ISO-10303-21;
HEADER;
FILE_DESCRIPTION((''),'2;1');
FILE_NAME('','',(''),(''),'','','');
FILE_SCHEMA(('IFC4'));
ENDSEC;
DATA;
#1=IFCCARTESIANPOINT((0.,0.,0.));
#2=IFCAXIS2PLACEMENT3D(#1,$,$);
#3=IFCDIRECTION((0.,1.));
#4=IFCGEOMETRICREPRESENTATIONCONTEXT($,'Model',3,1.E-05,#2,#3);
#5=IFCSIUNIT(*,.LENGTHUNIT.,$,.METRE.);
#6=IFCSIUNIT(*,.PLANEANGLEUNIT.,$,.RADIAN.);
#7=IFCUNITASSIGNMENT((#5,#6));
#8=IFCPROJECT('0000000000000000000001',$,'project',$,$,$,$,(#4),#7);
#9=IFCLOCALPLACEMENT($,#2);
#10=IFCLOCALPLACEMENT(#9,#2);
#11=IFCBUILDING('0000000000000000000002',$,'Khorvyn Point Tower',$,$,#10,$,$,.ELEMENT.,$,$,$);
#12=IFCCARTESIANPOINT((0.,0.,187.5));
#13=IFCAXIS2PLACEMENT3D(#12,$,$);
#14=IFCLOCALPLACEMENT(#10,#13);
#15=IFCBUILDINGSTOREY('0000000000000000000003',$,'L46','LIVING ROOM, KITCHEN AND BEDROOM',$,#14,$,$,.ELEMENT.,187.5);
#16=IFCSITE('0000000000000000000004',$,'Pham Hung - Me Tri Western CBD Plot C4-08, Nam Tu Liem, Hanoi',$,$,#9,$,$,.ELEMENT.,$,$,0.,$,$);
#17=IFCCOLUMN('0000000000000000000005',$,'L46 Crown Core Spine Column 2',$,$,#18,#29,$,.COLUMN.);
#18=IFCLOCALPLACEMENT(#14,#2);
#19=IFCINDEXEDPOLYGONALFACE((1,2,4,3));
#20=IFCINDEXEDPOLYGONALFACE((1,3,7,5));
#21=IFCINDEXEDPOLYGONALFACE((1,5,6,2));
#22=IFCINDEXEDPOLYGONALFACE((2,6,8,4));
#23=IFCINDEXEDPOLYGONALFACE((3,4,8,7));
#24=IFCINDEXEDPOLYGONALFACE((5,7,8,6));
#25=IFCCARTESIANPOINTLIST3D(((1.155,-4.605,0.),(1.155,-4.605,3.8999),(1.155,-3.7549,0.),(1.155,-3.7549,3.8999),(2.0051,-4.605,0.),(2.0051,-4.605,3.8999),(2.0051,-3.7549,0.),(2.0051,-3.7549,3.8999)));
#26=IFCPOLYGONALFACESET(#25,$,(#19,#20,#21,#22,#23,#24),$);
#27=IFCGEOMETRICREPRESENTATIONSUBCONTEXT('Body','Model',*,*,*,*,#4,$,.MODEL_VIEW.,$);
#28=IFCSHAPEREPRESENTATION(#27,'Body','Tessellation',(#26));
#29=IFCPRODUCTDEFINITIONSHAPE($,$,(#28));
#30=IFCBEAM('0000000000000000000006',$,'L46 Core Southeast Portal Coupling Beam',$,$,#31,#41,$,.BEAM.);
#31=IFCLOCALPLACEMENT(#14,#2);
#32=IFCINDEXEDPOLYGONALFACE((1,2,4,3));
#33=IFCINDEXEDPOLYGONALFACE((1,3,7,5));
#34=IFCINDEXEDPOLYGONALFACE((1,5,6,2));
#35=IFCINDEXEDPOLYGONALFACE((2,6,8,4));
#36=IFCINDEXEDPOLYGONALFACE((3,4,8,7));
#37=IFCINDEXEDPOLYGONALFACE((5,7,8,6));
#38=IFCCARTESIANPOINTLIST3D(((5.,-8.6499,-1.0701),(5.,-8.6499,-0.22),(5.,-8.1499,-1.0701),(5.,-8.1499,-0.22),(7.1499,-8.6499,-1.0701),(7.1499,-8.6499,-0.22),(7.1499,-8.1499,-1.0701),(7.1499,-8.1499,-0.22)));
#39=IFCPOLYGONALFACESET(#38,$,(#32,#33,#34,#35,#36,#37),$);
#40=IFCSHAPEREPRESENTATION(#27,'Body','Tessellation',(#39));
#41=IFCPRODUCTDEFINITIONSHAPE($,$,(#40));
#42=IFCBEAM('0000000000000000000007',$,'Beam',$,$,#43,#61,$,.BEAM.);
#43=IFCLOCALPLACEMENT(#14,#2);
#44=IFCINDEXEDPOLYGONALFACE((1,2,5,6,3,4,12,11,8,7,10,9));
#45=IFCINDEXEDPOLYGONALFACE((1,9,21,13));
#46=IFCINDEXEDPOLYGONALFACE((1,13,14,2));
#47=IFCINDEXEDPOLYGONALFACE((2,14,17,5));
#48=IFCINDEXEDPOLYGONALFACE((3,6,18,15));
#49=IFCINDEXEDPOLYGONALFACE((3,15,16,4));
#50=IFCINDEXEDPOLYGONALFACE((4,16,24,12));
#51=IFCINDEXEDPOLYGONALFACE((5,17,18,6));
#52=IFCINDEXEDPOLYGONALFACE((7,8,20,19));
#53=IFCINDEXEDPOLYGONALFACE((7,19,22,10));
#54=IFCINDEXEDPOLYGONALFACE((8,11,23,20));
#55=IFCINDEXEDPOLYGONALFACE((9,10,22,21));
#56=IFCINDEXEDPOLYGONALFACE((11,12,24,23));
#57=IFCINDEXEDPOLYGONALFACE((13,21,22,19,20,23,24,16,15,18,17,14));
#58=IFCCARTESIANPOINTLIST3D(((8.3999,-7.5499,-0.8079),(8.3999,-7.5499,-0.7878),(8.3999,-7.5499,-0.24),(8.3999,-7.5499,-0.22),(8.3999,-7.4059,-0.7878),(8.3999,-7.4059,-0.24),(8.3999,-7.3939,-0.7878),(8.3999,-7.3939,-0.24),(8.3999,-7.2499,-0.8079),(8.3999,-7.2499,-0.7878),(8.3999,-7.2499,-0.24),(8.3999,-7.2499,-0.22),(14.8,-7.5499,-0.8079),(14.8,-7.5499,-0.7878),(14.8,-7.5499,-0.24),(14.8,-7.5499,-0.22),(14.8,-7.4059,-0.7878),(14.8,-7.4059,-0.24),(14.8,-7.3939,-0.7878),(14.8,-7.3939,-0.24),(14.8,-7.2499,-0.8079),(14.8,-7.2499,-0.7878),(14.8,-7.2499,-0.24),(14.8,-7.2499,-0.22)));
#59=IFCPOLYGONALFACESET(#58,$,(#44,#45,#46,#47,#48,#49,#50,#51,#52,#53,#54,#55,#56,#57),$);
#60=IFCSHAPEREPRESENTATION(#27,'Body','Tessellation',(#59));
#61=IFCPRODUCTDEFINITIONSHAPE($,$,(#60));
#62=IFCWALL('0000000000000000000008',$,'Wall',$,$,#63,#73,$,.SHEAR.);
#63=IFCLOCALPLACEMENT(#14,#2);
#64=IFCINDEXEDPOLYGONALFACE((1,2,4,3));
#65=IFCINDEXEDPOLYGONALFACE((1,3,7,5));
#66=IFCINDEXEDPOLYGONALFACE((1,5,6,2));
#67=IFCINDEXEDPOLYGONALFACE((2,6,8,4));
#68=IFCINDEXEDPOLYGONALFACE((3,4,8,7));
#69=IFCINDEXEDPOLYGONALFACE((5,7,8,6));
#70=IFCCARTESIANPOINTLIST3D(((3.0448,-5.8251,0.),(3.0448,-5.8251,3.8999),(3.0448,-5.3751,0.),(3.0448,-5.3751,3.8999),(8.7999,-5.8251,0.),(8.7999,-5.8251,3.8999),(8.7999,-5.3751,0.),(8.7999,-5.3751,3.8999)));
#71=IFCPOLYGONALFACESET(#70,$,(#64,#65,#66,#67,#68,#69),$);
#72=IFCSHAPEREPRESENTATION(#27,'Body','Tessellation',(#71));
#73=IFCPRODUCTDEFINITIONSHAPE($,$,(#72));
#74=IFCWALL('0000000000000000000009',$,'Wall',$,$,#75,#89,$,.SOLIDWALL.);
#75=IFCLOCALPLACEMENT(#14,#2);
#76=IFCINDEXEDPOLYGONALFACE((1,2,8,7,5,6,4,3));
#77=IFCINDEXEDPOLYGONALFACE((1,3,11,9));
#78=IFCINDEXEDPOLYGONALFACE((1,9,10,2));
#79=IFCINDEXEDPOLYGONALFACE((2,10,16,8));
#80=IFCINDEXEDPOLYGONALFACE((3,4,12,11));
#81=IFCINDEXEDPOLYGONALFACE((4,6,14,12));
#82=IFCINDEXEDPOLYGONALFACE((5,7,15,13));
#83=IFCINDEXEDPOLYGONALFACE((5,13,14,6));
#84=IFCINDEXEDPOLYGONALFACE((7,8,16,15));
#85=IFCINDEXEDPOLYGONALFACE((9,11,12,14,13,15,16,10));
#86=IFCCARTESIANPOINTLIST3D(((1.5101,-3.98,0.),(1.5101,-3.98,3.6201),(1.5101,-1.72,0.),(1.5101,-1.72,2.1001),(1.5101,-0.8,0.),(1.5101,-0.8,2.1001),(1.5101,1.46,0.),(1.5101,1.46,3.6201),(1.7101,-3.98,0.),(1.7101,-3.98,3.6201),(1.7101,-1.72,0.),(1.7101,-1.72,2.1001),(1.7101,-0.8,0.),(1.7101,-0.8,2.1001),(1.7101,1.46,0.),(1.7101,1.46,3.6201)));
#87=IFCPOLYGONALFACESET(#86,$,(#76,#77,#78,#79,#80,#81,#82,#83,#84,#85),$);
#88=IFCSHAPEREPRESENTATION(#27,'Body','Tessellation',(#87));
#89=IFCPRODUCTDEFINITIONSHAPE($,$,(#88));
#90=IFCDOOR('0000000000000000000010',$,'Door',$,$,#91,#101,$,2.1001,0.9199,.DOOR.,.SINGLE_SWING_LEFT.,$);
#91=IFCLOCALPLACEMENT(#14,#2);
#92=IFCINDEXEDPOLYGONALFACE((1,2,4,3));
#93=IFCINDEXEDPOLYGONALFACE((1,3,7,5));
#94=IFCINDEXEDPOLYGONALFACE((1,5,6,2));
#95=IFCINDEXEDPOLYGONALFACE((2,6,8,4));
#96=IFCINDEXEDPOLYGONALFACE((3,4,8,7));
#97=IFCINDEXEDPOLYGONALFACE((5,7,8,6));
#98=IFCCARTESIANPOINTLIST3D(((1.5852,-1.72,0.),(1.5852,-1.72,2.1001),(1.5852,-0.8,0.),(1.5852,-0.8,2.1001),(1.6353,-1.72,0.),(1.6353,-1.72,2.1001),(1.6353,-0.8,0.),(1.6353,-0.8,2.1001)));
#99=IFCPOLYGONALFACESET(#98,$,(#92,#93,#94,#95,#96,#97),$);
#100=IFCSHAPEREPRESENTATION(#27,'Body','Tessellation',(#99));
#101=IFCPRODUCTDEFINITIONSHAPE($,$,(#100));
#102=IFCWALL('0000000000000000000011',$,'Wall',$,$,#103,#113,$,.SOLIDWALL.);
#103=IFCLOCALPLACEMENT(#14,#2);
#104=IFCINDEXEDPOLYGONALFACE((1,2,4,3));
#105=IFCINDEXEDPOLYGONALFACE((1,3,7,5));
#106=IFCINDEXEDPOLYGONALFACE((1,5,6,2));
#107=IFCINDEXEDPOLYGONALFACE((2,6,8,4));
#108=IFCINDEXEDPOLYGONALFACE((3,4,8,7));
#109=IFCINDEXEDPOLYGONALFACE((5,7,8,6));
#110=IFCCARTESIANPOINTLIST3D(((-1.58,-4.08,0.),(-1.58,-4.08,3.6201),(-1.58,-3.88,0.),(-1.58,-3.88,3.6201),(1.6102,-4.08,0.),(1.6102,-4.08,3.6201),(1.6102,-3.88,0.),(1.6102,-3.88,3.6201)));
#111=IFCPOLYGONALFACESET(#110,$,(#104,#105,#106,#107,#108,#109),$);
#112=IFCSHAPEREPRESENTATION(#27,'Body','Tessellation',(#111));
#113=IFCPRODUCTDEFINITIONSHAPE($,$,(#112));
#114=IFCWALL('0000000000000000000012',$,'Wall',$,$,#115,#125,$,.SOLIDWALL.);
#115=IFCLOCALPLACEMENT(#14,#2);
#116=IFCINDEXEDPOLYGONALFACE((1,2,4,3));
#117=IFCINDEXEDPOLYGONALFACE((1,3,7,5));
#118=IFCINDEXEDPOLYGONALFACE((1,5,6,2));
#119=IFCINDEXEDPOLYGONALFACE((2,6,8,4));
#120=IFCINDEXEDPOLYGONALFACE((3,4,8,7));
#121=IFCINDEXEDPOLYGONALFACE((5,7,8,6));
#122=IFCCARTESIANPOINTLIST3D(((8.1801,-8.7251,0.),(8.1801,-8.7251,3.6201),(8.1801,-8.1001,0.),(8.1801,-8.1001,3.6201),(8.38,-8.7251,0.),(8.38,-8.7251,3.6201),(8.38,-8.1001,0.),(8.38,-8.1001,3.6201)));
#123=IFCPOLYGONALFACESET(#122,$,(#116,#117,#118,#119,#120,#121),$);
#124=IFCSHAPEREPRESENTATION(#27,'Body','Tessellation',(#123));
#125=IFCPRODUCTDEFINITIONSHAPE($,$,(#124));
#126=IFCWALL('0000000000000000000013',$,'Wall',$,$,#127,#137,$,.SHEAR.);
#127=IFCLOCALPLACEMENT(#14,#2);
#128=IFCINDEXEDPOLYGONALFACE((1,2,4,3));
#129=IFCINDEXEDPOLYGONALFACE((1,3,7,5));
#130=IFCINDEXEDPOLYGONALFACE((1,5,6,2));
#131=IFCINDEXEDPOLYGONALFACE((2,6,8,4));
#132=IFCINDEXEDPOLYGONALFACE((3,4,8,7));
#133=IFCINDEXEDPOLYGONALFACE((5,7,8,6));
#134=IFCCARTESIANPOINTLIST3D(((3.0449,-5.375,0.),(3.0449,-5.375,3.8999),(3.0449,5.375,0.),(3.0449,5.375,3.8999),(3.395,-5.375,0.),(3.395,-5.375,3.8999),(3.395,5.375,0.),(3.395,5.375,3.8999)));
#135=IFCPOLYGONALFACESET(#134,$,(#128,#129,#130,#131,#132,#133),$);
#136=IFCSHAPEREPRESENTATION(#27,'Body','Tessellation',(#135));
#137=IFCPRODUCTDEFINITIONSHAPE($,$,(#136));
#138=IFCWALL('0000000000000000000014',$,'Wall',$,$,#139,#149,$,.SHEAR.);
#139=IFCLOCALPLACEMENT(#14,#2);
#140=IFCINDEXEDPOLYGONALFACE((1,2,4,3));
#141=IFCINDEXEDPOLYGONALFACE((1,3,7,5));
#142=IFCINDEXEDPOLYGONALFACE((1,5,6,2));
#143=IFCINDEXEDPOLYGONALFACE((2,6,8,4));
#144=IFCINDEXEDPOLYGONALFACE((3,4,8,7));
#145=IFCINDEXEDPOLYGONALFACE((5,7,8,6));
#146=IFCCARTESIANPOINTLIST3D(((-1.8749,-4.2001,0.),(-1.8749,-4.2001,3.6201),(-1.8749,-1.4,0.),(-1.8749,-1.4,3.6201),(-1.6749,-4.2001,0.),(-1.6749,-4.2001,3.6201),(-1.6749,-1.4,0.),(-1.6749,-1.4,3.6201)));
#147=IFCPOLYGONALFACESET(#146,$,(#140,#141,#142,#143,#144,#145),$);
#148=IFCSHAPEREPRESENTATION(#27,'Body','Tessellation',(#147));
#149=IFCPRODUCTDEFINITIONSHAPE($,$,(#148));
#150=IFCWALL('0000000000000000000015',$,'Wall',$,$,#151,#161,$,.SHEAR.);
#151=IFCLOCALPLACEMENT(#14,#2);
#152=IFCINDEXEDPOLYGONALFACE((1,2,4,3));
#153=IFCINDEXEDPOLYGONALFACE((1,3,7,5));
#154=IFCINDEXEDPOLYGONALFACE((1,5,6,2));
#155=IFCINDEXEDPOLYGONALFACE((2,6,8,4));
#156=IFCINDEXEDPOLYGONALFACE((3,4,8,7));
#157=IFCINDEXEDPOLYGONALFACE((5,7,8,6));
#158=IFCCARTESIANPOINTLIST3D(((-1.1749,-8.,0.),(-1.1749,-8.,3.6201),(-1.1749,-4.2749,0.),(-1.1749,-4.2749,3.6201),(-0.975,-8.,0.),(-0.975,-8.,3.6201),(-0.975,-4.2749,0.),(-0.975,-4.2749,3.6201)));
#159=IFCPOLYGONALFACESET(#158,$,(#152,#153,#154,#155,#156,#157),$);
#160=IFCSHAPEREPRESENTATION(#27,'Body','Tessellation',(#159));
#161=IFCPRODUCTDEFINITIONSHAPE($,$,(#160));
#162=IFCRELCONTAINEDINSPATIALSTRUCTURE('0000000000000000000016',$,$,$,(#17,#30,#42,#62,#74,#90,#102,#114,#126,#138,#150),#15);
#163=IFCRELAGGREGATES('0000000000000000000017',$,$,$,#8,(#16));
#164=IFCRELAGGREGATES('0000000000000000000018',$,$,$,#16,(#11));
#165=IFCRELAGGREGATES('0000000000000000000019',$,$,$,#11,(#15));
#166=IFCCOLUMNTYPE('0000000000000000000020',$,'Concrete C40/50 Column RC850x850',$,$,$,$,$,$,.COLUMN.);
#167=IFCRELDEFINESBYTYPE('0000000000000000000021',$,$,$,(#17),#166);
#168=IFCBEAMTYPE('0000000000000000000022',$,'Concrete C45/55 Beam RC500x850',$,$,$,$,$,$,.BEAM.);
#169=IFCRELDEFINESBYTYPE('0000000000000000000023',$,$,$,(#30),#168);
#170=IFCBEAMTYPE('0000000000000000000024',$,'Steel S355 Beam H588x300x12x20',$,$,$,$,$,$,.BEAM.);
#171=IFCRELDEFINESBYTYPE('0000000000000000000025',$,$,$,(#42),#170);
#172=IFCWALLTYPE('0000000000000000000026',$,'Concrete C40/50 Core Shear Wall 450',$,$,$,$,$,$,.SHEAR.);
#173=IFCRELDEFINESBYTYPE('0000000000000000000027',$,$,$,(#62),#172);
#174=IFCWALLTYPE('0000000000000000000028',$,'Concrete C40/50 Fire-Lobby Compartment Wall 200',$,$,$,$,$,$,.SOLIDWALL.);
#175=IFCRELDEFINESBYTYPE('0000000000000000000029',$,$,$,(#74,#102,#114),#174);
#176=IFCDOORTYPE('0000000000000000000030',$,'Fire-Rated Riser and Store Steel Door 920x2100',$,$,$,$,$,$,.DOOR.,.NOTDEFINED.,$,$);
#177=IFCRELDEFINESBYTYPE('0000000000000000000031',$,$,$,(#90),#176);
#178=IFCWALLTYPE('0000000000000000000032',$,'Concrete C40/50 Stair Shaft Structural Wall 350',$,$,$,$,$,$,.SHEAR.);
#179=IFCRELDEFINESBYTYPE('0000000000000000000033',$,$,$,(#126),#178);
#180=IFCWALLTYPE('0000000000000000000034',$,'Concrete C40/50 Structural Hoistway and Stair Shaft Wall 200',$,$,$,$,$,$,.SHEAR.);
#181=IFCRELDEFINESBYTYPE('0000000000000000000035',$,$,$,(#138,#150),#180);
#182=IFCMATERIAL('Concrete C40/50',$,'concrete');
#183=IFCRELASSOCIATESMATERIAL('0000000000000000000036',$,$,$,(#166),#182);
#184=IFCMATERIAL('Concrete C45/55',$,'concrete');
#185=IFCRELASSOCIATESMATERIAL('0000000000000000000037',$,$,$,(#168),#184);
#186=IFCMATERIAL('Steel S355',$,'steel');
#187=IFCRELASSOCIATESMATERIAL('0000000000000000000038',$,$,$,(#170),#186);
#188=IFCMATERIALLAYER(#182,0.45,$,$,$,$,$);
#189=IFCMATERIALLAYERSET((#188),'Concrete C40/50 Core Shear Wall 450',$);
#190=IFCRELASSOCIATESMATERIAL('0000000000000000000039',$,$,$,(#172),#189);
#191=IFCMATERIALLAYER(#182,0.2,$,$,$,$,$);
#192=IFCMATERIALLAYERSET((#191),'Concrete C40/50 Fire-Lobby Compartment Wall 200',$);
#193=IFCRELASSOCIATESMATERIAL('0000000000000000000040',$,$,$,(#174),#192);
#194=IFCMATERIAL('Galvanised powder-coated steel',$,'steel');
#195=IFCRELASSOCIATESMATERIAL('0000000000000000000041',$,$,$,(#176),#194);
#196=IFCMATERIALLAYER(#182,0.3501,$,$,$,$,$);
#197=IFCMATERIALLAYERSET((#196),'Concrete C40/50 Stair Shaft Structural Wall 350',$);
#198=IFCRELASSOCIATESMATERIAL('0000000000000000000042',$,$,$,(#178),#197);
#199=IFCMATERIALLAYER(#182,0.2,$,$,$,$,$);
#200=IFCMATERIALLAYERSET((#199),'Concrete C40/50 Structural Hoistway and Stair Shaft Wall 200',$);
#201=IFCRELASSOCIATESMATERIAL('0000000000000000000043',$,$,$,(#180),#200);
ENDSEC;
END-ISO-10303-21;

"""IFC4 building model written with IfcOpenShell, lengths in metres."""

from ifc_helpers import new_model, si_unit, direction, frame, frame_2d, origin, origin_2d, place, context, subcontext, project, spatial, rectangle, i_section, extrude, material, layer, layer_set, material_profile, profile_set, type_object, element, fill, save


model = new_model("IFC4")

# Units and contexts
model_context = context("Model", 3, precision=1e-05, world=origin(), true_north=direction((0.0, 1.0)))
body_context = subcontext(model_context, "Body", "Model", "MODEL_VIEW")
ifc_project = project(units=[si_unit("LENGTHUNIT", "METRE"), si_unit("PLANEANGLEUNIT", "RADIAN")], contexts=[model_context])

# Site, building, storey
site_placement = place(None, origin())
site = spatial("IfcSite", under=ifc_project, at=site_placement, Name="Pham Hung - Me Tri Western CBD Plot C4-08, Nam Tu Liem, Hanoi", CompositionType="ELEMENT", RefElevation=0.0)
building_placement = place(site_placement, origin())
building = spatial("IfcBuilding", under=site, at=building_placement, Name="Khorvyn Point Tower", CompositionType="ELEMENT")
storey_placement = place(building_placement, frame((0.0, 0.0, 187.5)))
storey = spatial("IfcBuildingStorey", under=building, at=storey_placement, Name="L46", Description="LIVING ROOM, KITCHEN AND BEDROOM", CompositionType="ELEMENT", Elevation=187.5)

# Column
ifc_material_1 = material(Name="Concrete C40/50", Category="concrete")
ifc_material_profile_1 = material_profile(ifc_material_1, rectangle(XDim=0.8501, YDim=0.8501, at=origin_2d()))
ifc_profile_set_1 = profile_set([ifc_material_profile_1], Name="Concrete C40/50 RC850x850")
column_type = type_object("IfcColumnType", Name="Concrete C40/50 Column RC850x850", PredefinedType="COLUMN", material=ifc_profile_set_1)
column_placement = place(storey_placement, frame((1.5801, -4.1799, 0.0), z_axis=(0.0, 0.0, 1.0), x_axis=(1.0, 0.0, 0.0)))
element("IfcColumn", 1, at=column_placement, inside=storey, type_object=column_type, Name="L46 Crown Core Spine Column 2", PredefinedType="COLUMN", context=body_context, shape_type="SweptSolid", body=[
    extrude(rectangle(XDim=0.8501, YDim=0.8501, at=origin_2d()), origin(), (0.0, 0.0, 1.0), 3.8999),
])

# Beams
ifc_material_2 = material(Name="Concrete C45/55", Category="concrete")
ifc_material_profile_2 = material_profile(ifc_material_2, rectangle(XDim=0.5, YDim=0.8501, at=origin_2d()))
ifc_profile_set_2 = profile_set([ifc_material_profile_2], Name="Concrete C45/55 RC500x850")
beam_type_1 = type_object("IfcBeamType", Name="Concrete C45/55 Beam RC500x850", PredefinedType="BEAM", material=ifc_profile_set_2)
beam_1_placement = place(storey_placement, frame((5.0, -8.3999, -0.645), z_axis=(1.0, 0.0, 0.0), x_axis=(0.0, 1.0, 0.0)))
element("IfcBeam", 2, at=beam_1_placement, inside=storey, type_object=beam_type_1, Name="L46 Core Southeast Portal Coupling Beam", PredefinedType="BEAM", context=body_context, shape_type="SweptSolid", body=[
    extrude(rectangle(XDim=0.5, YDim=0.8501, at=origin_2d()), origin(), (0.0, 0.0, 1.0), 2.1499),
])
ifc_material_3 = material(Name="Steel S355", Category="steel")
ifc_material_profile_3 = material_profile(ifc_material_3, i_section(OverallWidth=0.3, OverallDepth=0.5879, WebThickness=0.012, FlangeThickness=0.02, at=origin_2d()))
ifc_profile_set_3 = profile_set([ifc_material_profile_3], Name="Steel S355 H588x300x12x20")
beam_type_2 = type_object("IfcBeamType", Name="Steel S355 Beam H588x300x12x20", PredefinedType="BEAM", material=ifc_profile_set_3)
beam_2_placement = place(storey_placement, frame((8.3999, -7.3999, -0.5139), z_axis=(1.0, 0.0, 0.0), x_axis=(0.0, 1.0, 0.0)))
element("IfcBeam", 3, at=beam_2_placement, inside=storey, type_object=beam_type_2, Name="Beam", PredefinedType="BEAM", context=body_context, shape_type="SweptSolid", body=[
    extrude(i_section(OverallWidth=0.3, OverallDepth=0.5879, WebThickness=0.012, FlangeThickness=0.02, at=origin_2d()), origin(), (0.0, 0.0, 1.0), 6.4001),
])

# Wall
ifc_layer_1 = layer(ifc_material_1, 0.45)
ifc_layer_set_1 = layer_set([ifc_layer_1], Name="Concrete C40/50 Core Shear Wall 450")
wall_type_1 = type_object("IfcWallType", Name="Concrete C40/50 Core Shear Wall 450", PredefinedType="SHEAR", material=ifc_layer_set_1)
wall_1_placement = place(storey_placement, frame((3.0449, -5.6001, 0.0), z_axis=(0.0, 0.0, 1.0), x_axis=(1.0, 0.0, 0.0)))
element("IfcWall", 4, at=wall_1_placement, inside=storey, type_object=wall_type_1, Name="Wall", PredefinedType="SHEAR", context=body_context, shape_type="SweptSolid", body=[
    extrude(rectangle(XDim=5.7551, YDim=0.45, at=frame_2d((2.8774, 0.0))), origin(), (0.0, 0.0, 1.0), 3.8999),
])

# Wall, opening, door
ifc_layer_2 = layer(ifc_material_1, 0.2)
ifc_layer_set_2 = layer_set([ifc_layer_2], Name="Concrete C40/50 Fire-Lobby Compartment Wall 200")
wall_type_2 = type_object("IfcWallType", Name="Concrete C40/50 Fire-Lobby Compartment Wall 200", PredefinedType="SOLIDWALL", material=ifc_layer_set_2)
ifc_material_4 = material(Name="Galvanised powder-coated steel", Category="steel")
wall_2_placement = place(storey_placement, frame((1.6101, -3.98, 0.0), z_axis=(0.0, 0.0, 1.0), x_axis=(0.0, 1.0, 0.0)))
wall_2 = element("IfcWall", 5, at=wall_2_placement, inside=storey, type_object=wall_type_2, Name="Wall", PredefinedType="SOLIDWALL", context=body_context, shape_type="SweptSolid", body=[
    extrude(rectangle(XDim=5.4399, YDim=0.2, at=frame_2d((2.72, 0.0))), origin(), (0.0, 0.0, 1.0), 3.6201),
])
opening_1_placement = place(wall_2_placement, frame((2.26, 0.0, 0.0)))
opening_1 = element("IfcOpeningElement", 6, at=opening_1_placement, cuts=wall_2, PredefinedType="OPENING", context=body_context, shape_type="SweptSolid", body=[
    extrude(rectangle(XDim=0.9199, YDim=2.1001, at=frame_2d((0.46, 1.05))), frame((0.0, 0.1099, 0.0), z_axis=(0.0, -1.0, 0.0), x_axis=(1.0, 0.0, 0.0)), (0.0, 0.0, 1.0), 0.22),
])
door_type_1 = type_object("IfcDoorType", Name="Fire-Rated Riser and Store Steel Door 920x2100", OperationType="NOTDEFINED", PredefinedType="DOOR", material=ifc_material_4)
door_1_placement = place(opening_1_placement, origin())
door_1 = element("IfcDoor", 7, at=door_1_placement, inside=storey, type_object=door_type_1, Name="Door", OperationType="SINGLE_SWING_LEFT", OverallHeight=2.1001, OverallWidth=0.9199, PredefinedType="DOOR", context=body_context, shape_type="SweptSolid", body=[
    extrude(rectangle(XDim=0.9199, YDim=2.1001, at=frame_2d((0.46, 1.05))), frame((0.0, 0.0249, 0.0), z_axis=(0.0, -1.0, 0.0), x_axis=(1.0, 0.0, 0.0)), (0.0, 0.0, 1.0), 0.05),
])
fill(opening_1, door_1)

# Walls
wall_3_placement = place(storey_placement, frame((-1.5801, -3.98, 0.0), z_axis=(0.0, 0.0, 1.0), x_axis=(1.0, 0.0, 0.0)))
element("IfcWall", 8, at=wall_3_placement, inside=storey, type_object=wall_type_2, Name="Wall", PredefinedType="SOLIDWALL", context=body_context, shape_type="SweptSolid", body=[
    extrude(rectangle(XDim=3.1902, YDim=0.2, at=frame_2d((1.5952, 0.0))), origin(), (0.0, 0.0, 1.0), 3.6201),
])
wall_4_placement = place(storey_placement, frame((8.28, -8.7251, 0.0), z_axis=(0.0, 0.0, 1.0), x_axis=(0.0, 1.0, 0.0)))
element("IfcWall", 9, at=wall_4_placement, inside=storey, type_object=wall_type_2, Name="Wall", PredefinedType="SOLIDWALL", context=body_context, shape_type="SweptSolid", body=[
    extrude(rectangle(XDim=0.625, YDim=0.2, at=frame_2d((0.3125, 0.0))), origin(), (0.0, 0.0, 1.0), 3.6201),
])
ifc_layer_3 = layer(ifc_material_1, 0.3501)
ifc_layer_set_3 = layer_set([ifc_layer_3], Name="Concrete C40/50 Stair Shaft Structural Wall 350")
wall_type_3 = type_object("IfcWallType", Name="Concrete C40/50 Stair Shaft Structural Wall 350", PredefinedType="SHEAR", material=ifc_layer_set_3)
wall_5_placement = place(storey_placement, frame((3.22, -5.375, 0.0), z_axis=(0.0, 0.0, 1.0), x_axis=(0.0, 1.0, 0.0)))
element("IfcWall", 10, at=wall_5_placement, inside=storey, type_object=wall_type_3, Name="Wall", PredefinedType="SHEAR", context=body_context, shape_type="SweptSolid", body=[
    extrude(rectangle(XDim=10.75, YDim=0.3501, at=frame_2d((5.375, 0.0))), origin(), (0.0, 0.0, 1.0), 3.8999),
])

# Walls
ifc_layer_4 = layer(ifc_material_1, 0.2)
ifc_layer_set_4 = layer_set([ifc_layer_4], Name="Concrete C40/50 Structural Hoistway and Stair Shaft Wall 200")
wall_type_4 = type_object("IfcWallType", Name="Concrete C40/50 Structural Hoistway and Stair Shaft Wall 200", PredefinedType="SHEAR", material=ifc_layer_set_4)
wall_6_placement = place(storey_placement, frame((-1.7749, -4.2, 0.0), z_axis=(0.0, 0.0, 1.0), x_axis=(0.0, 1.0, 0.0)))
element("IfcWall", 11, at=wall_6_placement, inside=storey, type_object=wall_type_4, Name="Wall", PredefinedType="SHEAR", context=body_context, shape_type="SweptSolid", body=[
    extrude(rectangle(XDim=2.8, YDim=0.2, at=frame_2d((1.3999, 0.0))), origin(), (0.0, 0.0, 1.0), 3.6201),
])
wall_7_placement = place(storey_placement, frame((-1.075, -8.0, 0.0), z_axis=(0.0, 0.0, 1.0), x_axis=(0.0, 1.0, 0.0)))
element("IfcWall", 12, at=wall_7_placement, inside=storey, type_object=wall_type_4, Name="Wall", PredefinedType="SHEAR", context=body_context, shape_type="SweptSolid", body=[
    extrude(rectangle(XDim=3.7251, YDim=0.2, at=frame_2d((1.8625, 0.0))), origin(), (0.0, 0.0, 1.0), 3.6201),
])

save(model, "model.ifc")
